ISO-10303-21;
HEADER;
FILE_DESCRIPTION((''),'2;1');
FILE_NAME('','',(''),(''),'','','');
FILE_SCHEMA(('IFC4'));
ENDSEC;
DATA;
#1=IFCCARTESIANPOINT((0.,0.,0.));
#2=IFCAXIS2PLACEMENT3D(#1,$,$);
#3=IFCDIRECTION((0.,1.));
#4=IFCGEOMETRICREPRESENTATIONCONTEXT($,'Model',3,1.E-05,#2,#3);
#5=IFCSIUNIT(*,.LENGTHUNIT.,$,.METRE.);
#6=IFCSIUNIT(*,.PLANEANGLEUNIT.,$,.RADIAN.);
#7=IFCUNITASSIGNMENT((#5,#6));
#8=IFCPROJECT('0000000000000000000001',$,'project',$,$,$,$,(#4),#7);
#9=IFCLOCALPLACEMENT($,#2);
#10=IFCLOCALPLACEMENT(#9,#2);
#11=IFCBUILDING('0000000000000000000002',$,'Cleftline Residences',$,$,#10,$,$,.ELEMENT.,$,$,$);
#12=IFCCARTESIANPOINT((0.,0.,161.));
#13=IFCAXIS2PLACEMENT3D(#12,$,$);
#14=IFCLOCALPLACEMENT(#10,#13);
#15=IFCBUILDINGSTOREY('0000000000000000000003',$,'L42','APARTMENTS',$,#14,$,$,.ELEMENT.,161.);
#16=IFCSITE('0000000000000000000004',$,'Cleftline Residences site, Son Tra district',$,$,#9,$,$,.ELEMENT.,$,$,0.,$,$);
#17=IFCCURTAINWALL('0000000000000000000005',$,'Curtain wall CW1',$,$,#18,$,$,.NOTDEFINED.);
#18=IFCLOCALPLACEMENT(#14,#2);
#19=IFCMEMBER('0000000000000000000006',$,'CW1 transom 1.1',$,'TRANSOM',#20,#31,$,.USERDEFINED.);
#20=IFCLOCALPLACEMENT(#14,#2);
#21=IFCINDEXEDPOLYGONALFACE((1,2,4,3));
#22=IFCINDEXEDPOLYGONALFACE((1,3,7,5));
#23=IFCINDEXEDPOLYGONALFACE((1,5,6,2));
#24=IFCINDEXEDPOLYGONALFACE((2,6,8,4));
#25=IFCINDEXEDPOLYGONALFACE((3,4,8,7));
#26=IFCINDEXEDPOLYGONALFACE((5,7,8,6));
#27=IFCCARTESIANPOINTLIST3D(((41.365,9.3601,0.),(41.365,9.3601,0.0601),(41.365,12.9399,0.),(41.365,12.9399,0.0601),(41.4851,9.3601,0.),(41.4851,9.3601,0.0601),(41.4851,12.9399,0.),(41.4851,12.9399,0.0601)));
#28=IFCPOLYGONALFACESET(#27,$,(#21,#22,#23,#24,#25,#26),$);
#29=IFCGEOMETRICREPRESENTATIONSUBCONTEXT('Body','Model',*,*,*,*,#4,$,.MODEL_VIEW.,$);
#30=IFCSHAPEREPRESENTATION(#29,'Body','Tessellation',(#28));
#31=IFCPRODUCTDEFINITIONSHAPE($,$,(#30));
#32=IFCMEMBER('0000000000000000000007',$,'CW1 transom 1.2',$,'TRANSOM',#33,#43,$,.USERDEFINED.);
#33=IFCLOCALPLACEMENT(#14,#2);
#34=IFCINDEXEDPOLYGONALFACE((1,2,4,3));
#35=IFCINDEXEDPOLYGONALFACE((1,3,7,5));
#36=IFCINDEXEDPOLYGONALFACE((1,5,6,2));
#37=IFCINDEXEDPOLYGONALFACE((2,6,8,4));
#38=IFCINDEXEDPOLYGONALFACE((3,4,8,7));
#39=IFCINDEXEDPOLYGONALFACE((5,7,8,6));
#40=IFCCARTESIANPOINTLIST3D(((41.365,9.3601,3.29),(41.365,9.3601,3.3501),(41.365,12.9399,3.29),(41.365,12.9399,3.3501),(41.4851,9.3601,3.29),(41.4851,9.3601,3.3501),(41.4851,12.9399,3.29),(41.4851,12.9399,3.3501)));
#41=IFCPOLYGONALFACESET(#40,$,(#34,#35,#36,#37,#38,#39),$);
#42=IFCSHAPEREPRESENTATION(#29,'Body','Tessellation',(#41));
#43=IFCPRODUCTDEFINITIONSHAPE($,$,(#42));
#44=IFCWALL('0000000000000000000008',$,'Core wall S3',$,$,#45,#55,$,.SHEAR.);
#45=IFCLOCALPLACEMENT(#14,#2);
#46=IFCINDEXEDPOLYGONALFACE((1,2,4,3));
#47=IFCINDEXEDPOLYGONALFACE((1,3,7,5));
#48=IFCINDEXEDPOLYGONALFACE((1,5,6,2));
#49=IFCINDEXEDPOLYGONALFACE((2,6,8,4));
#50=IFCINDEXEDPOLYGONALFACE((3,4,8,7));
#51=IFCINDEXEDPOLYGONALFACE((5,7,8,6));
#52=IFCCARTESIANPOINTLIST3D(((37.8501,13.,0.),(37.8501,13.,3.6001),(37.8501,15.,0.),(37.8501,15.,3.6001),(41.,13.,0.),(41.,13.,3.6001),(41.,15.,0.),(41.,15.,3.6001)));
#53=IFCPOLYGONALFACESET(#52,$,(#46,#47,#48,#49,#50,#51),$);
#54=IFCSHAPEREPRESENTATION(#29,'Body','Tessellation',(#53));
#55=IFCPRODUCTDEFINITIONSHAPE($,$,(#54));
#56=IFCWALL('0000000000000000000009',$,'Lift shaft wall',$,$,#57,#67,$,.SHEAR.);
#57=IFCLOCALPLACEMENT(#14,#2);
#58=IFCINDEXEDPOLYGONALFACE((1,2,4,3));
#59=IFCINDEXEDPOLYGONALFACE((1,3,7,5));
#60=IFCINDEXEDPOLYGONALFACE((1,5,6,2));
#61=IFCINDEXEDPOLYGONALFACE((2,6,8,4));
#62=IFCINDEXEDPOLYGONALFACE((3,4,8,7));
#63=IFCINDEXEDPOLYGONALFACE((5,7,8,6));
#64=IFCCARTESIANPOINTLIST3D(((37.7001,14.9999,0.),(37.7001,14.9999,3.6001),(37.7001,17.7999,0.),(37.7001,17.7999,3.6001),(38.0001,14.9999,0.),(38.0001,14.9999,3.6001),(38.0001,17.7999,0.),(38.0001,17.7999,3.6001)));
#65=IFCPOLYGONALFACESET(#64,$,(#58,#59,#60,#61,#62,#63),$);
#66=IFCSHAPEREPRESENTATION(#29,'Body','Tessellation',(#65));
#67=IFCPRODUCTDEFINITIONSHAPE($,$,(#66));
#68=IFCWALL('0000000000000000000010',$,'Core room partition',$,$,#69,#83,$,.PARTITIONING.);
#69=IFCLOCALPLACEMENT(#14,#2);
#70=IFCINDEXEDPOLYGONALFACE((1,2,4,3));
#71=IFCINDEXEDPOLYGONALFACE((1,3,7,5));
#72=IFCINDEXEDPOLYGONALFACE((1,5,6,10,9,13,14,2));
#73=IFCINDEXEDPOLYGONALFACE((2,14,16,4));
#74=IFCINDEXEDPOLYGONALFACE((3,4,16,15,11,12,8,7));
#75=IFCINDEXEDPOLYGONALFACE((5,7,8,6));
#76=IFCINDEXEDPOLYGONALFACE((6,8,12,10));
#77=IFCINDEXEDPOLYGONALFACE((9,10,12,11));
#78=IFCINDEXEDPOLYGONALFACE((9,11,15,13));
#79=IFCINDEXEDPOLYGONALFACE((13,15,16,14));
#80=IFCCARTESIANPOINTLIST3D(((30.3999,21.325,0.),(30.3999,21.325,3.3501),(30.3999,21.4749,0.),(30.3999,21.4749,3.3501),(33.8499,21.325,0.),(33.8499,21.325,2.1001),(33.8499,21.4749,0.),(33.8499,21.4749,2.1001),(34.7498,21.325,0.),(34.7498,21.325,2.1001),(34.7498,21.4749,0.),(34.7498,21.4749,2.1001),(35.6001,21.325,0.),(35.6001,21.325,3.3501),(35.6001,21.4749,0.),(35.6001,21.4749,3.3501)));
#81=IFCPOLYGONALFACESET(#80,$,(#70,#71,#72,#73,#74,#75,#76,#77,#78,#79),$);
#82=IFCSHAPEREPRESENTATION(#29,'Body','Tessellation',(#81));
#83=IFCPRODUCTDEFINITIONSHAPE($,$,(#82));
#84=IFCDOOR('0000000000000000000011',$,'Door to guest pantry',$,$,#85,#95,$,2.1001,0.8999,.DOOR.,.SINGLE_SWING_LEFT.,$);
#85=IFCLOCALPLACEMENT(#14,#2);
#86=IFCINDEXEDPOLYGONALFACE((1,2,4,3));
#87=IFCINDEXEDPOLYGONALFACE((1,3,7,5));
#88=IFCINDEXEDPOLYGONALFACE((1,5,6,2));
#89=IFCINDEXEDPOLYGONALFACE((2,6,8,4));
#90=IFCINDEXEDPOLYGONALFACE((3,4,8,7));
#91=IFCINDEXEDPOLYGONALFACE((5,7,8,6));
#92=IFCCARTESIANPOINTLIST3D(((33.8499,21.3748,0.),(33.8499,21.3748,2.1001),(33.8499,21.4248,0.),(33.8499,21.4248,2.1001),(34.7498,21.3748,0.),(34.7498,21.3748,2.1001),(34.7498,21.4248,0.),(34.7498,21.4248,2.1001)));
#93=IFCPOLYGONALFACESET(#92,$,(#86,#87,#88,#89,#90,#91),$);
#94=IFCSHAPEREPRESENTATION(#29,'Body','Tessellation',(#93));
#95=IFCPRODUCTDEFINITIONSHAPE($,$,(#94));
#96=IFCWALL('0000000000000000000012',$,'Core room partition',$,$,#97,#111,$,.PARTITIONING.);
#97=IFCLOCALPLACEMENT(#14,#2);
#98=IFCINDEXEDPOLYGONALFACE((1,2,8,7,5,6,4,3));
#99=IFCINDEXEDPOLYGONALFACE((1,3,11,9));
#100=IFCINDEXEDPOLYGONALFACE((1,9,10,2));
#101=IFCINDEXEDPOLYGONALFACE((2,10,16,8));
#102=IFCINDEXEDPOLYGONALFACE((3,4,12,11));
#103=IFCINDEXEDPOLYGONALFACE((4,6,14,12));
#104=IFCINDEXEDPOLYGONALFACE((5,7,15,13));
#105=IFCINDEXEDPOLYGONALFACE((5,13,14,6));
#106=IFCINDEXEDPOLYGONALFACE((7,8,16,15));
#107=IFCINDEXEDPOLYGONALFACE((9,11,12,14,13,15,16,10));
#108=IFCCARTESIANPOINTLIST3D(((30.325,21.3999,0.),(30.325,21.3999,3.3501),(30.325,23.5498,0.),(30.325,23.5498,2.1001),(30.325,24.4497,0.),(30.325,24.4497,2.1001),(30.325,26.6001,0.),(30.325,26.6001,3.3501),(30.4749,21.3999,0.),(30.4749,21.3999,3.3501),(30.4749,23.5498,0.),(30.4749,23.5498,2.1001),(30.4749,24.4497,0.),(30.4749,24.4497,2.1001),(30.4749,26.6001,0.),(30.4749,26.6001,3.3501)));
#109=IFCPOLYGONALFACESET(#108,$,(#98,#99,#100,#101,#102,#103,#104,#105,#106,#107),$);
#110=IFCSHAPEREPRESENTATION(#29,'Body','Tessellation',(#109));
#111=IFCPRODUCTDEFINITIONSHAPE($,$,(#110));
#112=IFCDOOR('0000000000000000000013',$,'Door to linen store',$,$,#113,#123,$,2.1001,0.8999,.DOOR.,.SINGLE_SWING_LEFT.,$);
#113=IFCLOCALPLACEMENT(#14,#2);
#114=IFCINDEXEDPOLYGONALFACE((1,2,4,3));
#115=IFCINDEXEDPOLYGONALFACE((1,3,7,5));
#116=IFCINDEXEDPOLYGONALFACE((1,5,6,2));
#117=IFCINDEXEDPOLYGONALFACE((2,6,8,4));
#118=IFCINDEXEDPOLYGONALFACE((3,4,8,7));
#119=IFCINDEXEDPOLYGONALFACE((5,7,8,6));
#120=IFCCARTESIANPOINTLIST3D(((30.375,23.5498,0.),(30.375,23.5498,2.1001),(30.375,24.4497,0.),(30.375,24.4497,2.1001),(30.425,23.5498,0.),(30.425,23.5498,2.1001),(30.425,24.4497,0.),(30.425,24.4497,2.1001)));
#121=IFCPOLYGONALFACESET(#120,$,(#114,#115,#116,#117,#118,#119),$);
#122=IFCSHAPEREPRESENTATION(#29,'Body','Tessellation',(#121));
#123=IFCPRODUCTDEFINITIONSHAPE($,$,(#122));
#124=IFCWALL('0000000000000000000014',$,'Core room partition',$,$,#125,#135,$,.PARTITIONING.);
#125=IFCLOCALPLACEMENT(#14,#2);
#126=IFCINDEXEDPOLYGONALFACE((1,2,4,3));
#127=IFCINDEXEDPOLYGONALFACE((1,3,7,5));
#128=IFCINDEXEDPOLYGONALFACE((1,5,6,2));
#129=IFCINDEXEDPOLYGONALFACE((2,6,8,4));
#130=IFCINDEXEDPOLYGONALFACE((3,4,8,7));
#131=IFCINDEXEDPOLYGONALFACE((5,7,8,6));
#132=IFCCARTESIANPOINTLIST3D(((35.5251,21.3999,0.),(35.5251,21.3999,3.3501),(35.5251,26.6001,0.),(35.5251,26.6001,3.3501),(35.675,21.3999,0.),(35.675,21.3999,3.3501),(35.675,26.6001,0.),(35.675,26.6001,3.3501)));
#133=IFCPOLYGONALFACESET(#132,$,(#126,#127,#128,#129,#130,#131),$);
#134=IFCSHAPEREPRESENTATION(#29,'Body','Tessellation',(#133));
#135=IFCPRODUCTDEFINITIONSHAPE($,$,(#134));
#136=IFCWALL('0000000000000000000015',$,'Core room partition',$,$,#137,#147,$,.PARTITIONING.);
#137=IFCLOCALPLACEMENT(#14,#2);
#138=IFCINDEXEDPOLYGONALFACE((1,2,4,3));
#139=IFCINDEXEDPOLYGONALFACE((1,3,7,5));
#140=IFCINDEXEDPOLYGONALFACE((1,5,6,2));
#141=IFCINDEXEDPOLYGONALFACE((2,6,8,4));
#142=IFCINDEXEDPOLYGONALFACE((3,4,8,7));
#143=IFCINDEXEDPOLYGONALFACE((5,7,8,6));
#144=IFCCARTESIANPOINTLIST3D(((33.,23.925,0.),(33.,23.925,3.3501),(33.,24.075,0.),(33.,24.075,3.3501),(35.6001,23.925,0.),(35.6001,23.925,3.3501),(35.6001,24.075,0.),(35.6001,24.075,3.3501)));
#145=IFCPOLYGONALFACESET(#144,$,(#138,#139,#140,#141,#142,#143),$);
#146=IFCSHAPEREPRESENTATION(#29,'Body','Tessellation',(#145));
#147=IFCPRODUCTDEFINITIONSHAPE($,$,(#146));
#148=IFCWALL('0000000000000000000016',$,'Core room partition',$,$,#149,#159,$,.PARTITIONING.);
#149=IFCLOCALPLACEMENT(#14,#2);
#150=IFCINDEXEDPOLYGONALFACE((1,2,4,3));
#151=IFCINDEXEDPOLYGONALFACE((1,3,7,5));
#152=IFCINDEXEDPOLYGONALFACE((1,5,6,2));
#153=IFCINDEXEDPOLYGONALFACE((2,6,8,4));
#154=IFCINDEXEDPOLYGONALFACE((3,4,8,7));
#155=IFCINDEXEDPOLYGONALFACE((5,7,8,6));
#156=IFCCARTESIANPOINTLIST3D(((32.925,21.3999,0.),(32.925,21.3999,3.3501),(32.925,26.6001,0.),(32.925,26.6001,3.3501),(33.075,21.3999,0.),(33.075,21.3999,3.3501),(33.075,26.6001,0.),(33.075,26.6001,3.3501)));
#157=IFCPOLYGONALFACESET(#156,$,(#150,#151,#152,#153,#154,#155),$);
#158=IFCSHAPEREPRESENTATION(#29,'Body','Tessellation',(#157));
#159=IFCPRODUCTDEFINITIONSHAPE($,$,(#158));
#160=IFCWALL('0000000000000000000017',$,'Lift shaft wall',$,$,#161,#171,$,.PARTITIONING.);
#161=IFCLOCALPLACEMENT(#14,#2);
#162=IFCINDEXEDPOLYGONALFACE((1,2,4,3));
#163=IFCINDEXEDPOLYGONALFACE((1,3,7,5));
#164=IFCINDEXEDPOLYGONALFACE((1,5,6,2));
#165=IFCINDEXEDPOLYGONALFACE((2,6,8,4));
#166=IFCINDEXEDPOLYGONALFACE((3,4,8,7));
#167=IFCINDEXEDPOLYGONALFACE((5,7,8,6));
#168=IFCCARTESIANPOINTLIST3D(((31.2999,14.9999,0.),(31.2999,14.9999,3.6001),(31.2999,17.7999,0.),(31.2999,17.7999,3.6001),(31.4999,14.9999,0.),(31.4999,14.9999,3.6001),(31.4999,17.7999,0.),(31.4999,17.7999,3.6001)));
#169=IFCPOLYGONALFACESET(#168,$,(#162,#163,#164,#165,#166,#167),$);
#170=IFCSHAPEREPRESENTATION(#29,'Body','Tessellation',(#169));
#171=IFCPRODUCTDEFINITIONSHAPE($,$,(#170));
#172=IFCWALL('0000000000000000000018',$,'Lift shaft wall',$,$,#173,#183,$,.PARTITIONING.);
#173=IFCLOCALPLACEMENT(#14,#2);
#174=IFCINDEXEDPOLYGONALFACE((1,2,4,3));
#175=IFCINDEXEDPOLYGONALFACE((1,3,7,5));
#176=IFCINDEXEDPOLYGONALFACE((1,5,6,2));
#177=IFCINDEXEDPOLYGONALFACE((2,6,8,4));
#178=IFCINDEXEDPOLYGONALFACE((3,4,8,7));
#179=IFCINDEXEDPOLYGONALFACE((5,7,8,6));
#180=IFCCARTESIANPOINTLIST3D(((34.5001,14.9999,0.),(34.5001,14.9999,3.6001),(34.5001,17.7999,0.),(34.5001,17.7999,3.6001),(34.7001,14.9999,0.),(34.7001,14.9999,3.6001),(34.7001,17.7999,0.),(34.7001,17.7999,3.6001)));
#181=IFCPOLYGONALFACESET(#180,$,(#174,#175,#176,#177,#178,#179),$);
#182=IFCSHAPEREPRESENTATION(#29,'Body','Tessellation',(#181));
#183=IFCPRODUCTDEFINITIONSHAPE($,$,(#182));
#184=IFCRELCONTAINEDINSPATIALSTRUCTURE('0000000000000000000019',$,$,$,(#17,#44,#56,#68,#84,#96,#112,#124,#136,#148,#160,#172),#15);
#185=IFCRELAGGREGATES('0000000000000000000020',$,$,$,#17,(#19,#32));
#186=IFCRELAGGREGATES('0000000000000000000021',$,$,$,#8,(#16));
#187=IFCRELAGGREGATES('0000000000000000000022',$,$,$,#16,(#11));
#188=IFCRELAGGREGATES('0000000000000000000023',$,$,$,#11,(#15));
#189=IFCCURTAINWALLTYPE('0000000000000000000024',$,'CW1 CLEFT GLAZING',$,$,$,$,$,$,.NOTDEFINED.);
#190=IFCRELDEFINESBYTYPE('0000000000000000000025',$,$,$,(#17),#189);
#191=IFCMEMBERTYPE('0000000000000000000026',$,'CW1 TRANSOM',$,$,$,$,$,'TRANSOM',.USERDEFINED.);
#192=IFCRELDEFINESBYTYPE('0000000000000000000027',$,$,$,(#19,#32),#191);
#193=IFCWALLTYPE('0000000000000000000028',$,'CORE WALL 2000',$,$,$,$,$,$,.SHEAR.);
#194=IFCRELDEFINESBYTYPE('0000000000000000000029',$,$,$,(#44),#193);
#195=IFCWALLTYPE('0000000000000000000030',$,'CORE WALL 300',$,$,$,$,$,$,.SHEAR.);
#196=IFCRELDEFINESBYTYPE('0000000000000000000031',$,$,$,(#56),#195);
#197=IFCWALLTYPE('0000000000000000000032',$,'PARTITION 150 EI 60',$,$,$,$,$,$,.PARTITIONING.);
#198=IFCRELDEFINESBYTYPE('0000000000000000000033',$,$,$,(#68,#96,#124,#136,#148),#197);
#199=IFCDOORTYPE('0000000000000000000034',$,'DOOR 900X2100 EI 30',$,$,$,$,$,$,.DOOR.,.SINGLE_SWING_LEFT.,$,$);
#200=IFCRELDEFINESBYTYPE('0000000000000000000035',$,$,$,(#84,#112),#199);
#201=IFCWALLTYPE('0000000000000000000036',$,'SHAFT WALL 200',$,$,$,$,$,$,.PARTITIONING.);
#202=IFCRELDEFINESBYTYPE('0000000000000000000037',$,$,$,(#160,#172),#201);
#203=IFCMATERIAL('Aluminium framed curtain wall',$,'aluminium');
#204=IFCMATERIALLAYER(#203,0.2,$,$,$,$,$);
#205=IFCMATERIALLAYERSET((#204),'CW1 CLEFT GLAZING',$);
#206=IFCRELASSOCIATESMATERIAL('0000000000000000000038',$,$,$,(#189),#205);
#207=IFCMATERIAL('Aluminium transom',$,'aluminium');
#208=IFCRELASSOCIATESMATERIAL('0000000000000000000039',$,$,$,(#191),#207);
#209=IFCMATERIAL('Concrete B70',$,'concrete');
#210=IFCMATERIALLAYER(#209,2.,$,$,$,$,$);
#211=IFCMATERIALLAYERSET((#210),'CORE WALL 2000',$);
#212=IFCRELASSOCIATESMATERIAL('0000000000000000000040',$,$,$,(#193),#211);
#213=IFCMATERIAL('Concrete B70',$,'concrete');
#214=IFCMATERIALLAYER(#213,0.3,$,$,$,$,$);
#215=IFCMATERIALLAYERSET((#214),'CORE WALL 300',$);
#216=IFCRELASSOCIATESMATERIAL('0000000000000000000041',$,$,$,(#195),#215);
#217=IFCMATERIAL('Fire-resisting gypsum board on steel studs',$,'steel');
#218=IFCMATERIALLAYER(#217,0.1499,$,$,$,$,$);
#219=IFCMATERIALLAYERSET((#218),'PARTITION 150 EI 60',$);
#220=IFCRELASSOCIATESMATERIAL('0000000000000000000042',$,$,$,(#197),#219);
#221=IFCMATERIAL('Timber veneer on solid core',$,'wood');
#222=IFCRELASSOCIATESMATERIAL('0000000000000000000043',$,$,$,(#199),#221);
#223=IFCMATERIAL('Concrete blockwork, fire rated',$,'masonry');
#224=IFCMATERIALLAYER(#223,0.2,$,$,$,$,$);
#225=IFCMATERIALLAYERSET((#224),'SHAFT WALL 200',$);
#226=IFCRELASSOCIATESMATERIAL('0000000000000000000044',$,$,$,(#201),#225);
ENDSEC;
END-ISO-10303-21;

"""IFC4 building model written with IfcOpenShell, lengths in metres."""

from ifc_helpers import new_model, si_unit, direction, frame, frame_2d, origin, origin_2d, place, context, subcontext, project, spatial, rectangle, extrude, material, layer, layer_set, material_profile, profile_set, type_object, element, fill, aggregate, save


model = new_model("IFC4")

# Units and contexts
model_context = context("Model", 3, precision=1e-05, world=origin(), true_north=direction((0.0, 1.0)))
body_context = subcontext(model_context, "Body", "Model", "MODEL_VIEW")
ifc_project = project(units=[si_unit("LENGTHUNIT", "METRE"), si_unit("PLANEANGLEUNIT", "RADIAN")], contexts=[model_context])

# Site, building, storey
site_placement = place(None, origin())
site = spatial("IfcSite", under=ifc_project, at=site_placement, Name="Cleftline Residences site, Son Tra district", CompositionType="ELEMENT", RefElevation=0.0)
building_placement = place(site_placement, origin())
building = spatial("IfcBuilding", under=site, at=building_placement, Name="Cleftline Residences", CompositionType="ELEMENT")
storey_placement = place(building_placement, frame((0.0, 0.0, 161.0)))
storey = spatial("IfcBuildingStorey", under=building, at=storey_placement, Name="L42", Description="APARTMENTS", CompositionType="ELEMENT", Elevation=161.0)

# Curtain wall, members
ifc_material_1 = material(Name="Aluminium framed curtain wall", Category="aluminium")
ifc_layer_1 = layer(ifc_material_1, 0.2)
ifc_layer_set_1 = layer_set([ifc_layer_1], Name="CW1 CLEFT GLAZING")
curtain_wall_type = type_object("IfcCurtainWallType", Name="CW1 CLEFT GLAZING", PredefinedType="NOTDEFINED", material=ifc_layer_set_1)
curtain_wall_placement = place(storey_placement, origin())
curtain_wall = element("IfcCurtainWall", 1, at=curtain_wall_placement, inside=storey, type_object=curtain_wall_type, Name="Curtain wall CW1", PredefinedType="NOTDEFINED")
ifc_material_2 = material(Name="Aluminium transom", Category="aluminium")
ifc_material_profile = material_profile(ifc_material_2, rectangle(XDim=0.1201, YDim=0.0601, at=origin_2d()))
ifc_profile_set = profile_set([ifc_material_profile], Name="Aluminium transom")
member_type = type_object("IfcMemberType", Name="CW1 TRANSOM", ElementType="TRANSOM", PredefinedType="USERDEFINED", material=ifc_profile_set)
member_1_placement = place(storey_placement, frame((41.425, 12.9399, 0.03), z_axis=(0.0, -1.0, 0.0), x_axis=(1.0, 0.0, 0.0)))
member_1 = element("IfcMember", 2, at=member_1_placement, type_object=member_type, Name="CW1 transom 1.1", ObjectType="TRANSOM", PredefinedType="USERDEFINED", context=body_context, shape_type="SweptSolid", body=[
    extrude(rectangle(XDim=0.1201, YDim=0.0601, at=origin_2d()), origin(), (0.0, 0.0, 1.0), 3.5798),
])
member_2_placement = place(storey_placement, frame((41.425, 12.9399, 3.3201), z_axis=(0.0, -1.0, 0.0), x_axis=(1.0, 0.0, 0.0)))
member_2 = element("IfcMember", 3, at=member_2_placement, type_object=member_type, Name="CW1 transom 1.2", ObjectType="TRANSOM", PredefinedType="USERDEFINED", context=body_context, shape_type="SweptSolid", body=[
    extrude(rectangle(XDim=0.1201, YDim=0.0601, at=origin_2d()), origin(), (0.0, 0.0, 1.0), 3.5798),
])
aggregate(curtain_wall, [member_1, member_2])

# Walls
ifc_material_3 = material(Name="Concrete B70", Category="concrete")
ifc_layer_2 = layer(ifc_material_3, 2.0)
ifc_layer_set_2 = layer_set([ifc_layer_2], Name="CORE WALL 2000")
wall_type_1 = type_object("IfcWallType", Name="CORE WALL 2000", PredefinedType="SHEAR", material=ifc_layer_set_2)
wall_1_placement = place(storey_placement, frame((37.8501, 14.0, 0.0), z_axis=(0.0, 0.0, 1.0), x_axis=(1.0, 0.0, 0.0)))
element("IfcWall", 4, at=wall_1_placement, inside=storey, type_object=wall_type_1, Name="Core wall S3", PredefinedType="SHEAR", context=body_context, shape_type="SweptSolid", body=[
    extrude(rectangle(XDim=3.1499, YDim=2.0, at=frame_2d((1.575, 0.0))), origin(), (0.0, 0.0, 1.0), 3.6001),
])
ifc_material_4 = material(Name="Concrete B70", Category="concrete")
ifc_layer_3 = layer(ifc_material_4, 0.3)
ifc_layer_set_3 = layer_set([ifc_layer_3], Name="CORE WALL 300")
wall_type_2 = type_object("IfcWallType", Name="CORE WALL 300", PredefinedType="SHEAR", material=ifc_layer_set_3)
wall_2_placement = place(storey_placement, frame((37.8501, 15.0, 0.0), z_axis=(0.0, 0.0, 1.0), x_axis=(0.0, 1.0, 0.0)))
element("IfcWall", 5, at=wall_2_placement, inside=storey, type_object=wall_type_2, Name="Lift shaft wall", PredefinedType="SHEAR", context=body_context, shape_type="SweptSolid", body=[
    extrude(rectangle(XDim=2.8, YDim=0.3, at=frame_2d((1.3999, 0.0))), origin(), (0.0, 0.0, 1.0), 3.6001),
])

# Walls, openings, doors
ifc_material_5 = material(Name="Fire-resisting gypsum board on steel studs", Category="steel")
ifc_layer_4 = layer(ifc_material_5, 0.1499)
ifc_layer_set_4 = layer_set([ifc_layer_4], Name="PARTITION 150 EI 60")
wall_type_3 = type_object("IfcWallType", Name="PARTITION 150 EI 60", PredefinedType="PARTITIONING", material=ifc_layer_set_4)
wall_3_placement = place(storey_placement, frame((30.3999, 21.3999, 0.0), z_axis=(0.0, 0.0, 1.0), x_axis=(1.0, 0.0, 0.0)))
wall_3 = element("IfcWall", 6, at=wall_3_placement, inside=storey, type_object=wall_type_3, Name="Core room partition", PredefinedType="PARTITIONING", context=body_context, shape_type="SweptSolid", body=[
    extrude(rectangle(XDim=5.2002, YDim=0.1499, at=frame_2d((2.6001, 0.0))), origin(), (0.0, 0.0, 1.0), 3.3501),
])
opening_1_placement = place(wall_3_placement, frame((3.45, 0.0, 0.0)))
opening_1 = element("IfcOpeningElement", 7, at=opening_1_placement, cuts=wall_3, PredefinedType="OPENING", context=body_context, shape_type="SweptSolid", body=[
    extrude(rectangle(XDim=0.8999, YDim=2.1001, at=frame_2d((0.45, 1.05))), frame((0.0, 0.085, 0.0), z_axis=(0.0, -1.0, 0.0), x_axis=(1.0, 0.0, 0.0)), (0.0, 0.0, 1.0), 0.1699),
])
ifc_material_6 = material(Name="Timber veneer on solid core", Category="wood")
door_type_1 = type_object("IfcDoorType", Name="DOOR 900X2100 EI 30", OperationType="SINGLE_SWING_LEFT", PredefinedType="DOOR", material=ifc_material_6)
door_1_placement = place(opening_1_placement, origin())
door_1 = element("IfcDoor", 8, at=door_1_placement, inside=storey, type_object=door_type_1, Name="Door to guest pantry", OperationType="SINGLE_SWING_LEFT", OverallHeight=2.1001, OverallWidth=0.8999, PredefinedType="DOOR", context=body_context, shape_type="SweptSolid", body=[
    extrude(rectangle(XDim=0.8999, YDim=2.1001, at=frame_2d((0.45, 1.05))), frame((0.0, 0.0249, 0.0), z_axis=(0.0, -1.0, 0.0), x_axis=(1.0, 0.0, 0.0)), (0.0, 0.0, 1.0), 0.05),
])
fill(opening_1, door_1)
wall_4_placement = place(storey_placement, frame((30.3999, 21.3999, 0.0), z_axis=(0.0, 0.0, 1.0), x_axis=(0.0, 1.0, 0.0)))
wall_4 = element("IfcWall", 9, at=wall_4_placement, inside=storey, type_object=wall_type_3, Name="Core room partition", PredefinedType="PARTITIONING", context=body_context, shape_type="SweptSolid", body=[
    extrude(rectangle(XDim=5.2002, YDim=0.1499, at=frame_2d((2.6001, 0.0))), origin(), (0.0, 0.0, 1.0), 3.3501),
])
opening_2_placement = place(wall_4_placement, frame((2.1499, 0.0, 0.0)))
opening_2 = element("IfcOpeningElement", 10, at=opening_2_placement, cuts=wall_4, PredefinedType="OPENING", context=body_context, shape_type="SweptSolid", body=[
    extrude(rectangle(XDim=0.8999, YDim=2.1001, at=frame_2d((0.45, 1.05))), frame((0.0, 0.085, 0.0), z_axis=(0.0, -1.0, 0.0), x_axis=(1.0, 0.0, 0.0)), (0.0, 0.0, 1.0), 0.1699),
])
door_2_placement = place(opening_2_placement, origin())
door_2 = element("IfcDoor", 11, at=door_2_placement, inside=storey, type_object=door_type_1, Name="Door to linen store", OperationType="SINGLE_SWING_LEFT", OverallHeight=2.1001, OverallWidth=0.8999, PredefinedType="DOOR", context=body_context, shape_type="SweptSolid", body=[
    extrude(rectangle(XDim=0.8999, YDim=2.1001, at=frame_2d((0.45, 1.05))), frame((0.0, 0.0249, 0.0), z_axis=(0.0, -1.0, 0.0), x_axis=(1.0, 0.0, 0.0)), (0.0, 0.0, 1.0), 0.05),
])
fill(opening_2, door_2)

# Walls
wall_5_placement = place(storey_placement, frame((35.6001, 21.3999, 0.0), z_axis=(0.0, 0.0, 1.0), x_axis=(0.0, 1.0, 0.0)))
element("IfcWall", 12, at=wall_5_placement, inside=storey, type_object=wall_type_3, Name="Core room partition", PredefinedType="PARTITIONING", context=body_context, shape_type="SweptSolid", body=[
    extrude(rectangle(XDim=5.2002, YDim=0.1499, at=frame_2d((2.6001, 0.0))), origin(), (0.0, 0.0, 1.0), 3.3501),
])
wall_6_placement = place(storey_placement, frame((33.0, 24.0, 0.0), z_axis=(0.0, 0.0, 1.0), x_axis=(1.0, 0.0, 0.0)))
element("IfcWall", 13, at=wall_6_placement, inside=storey, type_object=wall_type_3, Name="Core room partition", PredefinedType="PARTITIONING", context=body_context, shape_type="SweptSolid", body=[
    extrude(rectangle(XDim=2.6001, YDim=0.1499, at=frame_2d((1.3, 0.0))), origin(), (0.0, 0.0, 1.0), 3.3501),
])
wall_7_placement = place(storey_placement, frame((33.0, 21.3999, 0.0), z_axis=(0.0, 0.0, 1.0), x_axis=(0.0, 1.0, 0.0)))
element("IfcWall", 14, at=wall_7_placement, inside=storey, type_object=wall_type_3, Name="Core room partition", PredefinedType="PARTITIONING", context=body_context, shape_type="SweptSolid", body=[
    extrude(rectangle(XDim=5.2002, YDim=0.1499, at=frame_2d((2.6001, 0.0))), origin(), (0.0, 0.0, 1.0), 3.3501),
])
ifc_material_7 = material(Name="Concrete blockwork, fire rated", Category="masonry")
ifc_layer_5 = layer(ifc_material_7, 0.2)
ifc_layer_set_5 = layer_set([ifc_layer_5], Name="SHAFT WALL 200")
wall_type_4 = type_object("IfcWallType", Name="SHAFT WALL 200", PredefinedType="PARTITIONING", material=ifc_layer_set_5)
for number, where, z_axis, x_axis, name in (
    (15, (31.3999, 15.0, 0.0), (0.0, 0.0, 1.0), (0.0, 1.0, 0.0), "Lift shaft wall"),
    (16, (34.6001, 15.0, 0.0), (0.0, 0.0, 1.0), (0.0, 1.0, 0.0), "Lift shaft wall"),
):
    element("IfcWall", number, at=place(storey_placement, frame(where, z_axis=z_axis, x_axis=x_axis)), inside=storey, type_object=wall_type_4, Name=name, PredefinedType="PARTITIONING", context=body_context, shape_type="SweptSolid", body=[
        extrude(rectangle(XDim=2.8, YDim=0.2, at=frame_2d((1.3999, 0.0))), origin(), (0.0, 0.0, 1.0), 3.6001),
    ])

save(model, "model.ifc")
